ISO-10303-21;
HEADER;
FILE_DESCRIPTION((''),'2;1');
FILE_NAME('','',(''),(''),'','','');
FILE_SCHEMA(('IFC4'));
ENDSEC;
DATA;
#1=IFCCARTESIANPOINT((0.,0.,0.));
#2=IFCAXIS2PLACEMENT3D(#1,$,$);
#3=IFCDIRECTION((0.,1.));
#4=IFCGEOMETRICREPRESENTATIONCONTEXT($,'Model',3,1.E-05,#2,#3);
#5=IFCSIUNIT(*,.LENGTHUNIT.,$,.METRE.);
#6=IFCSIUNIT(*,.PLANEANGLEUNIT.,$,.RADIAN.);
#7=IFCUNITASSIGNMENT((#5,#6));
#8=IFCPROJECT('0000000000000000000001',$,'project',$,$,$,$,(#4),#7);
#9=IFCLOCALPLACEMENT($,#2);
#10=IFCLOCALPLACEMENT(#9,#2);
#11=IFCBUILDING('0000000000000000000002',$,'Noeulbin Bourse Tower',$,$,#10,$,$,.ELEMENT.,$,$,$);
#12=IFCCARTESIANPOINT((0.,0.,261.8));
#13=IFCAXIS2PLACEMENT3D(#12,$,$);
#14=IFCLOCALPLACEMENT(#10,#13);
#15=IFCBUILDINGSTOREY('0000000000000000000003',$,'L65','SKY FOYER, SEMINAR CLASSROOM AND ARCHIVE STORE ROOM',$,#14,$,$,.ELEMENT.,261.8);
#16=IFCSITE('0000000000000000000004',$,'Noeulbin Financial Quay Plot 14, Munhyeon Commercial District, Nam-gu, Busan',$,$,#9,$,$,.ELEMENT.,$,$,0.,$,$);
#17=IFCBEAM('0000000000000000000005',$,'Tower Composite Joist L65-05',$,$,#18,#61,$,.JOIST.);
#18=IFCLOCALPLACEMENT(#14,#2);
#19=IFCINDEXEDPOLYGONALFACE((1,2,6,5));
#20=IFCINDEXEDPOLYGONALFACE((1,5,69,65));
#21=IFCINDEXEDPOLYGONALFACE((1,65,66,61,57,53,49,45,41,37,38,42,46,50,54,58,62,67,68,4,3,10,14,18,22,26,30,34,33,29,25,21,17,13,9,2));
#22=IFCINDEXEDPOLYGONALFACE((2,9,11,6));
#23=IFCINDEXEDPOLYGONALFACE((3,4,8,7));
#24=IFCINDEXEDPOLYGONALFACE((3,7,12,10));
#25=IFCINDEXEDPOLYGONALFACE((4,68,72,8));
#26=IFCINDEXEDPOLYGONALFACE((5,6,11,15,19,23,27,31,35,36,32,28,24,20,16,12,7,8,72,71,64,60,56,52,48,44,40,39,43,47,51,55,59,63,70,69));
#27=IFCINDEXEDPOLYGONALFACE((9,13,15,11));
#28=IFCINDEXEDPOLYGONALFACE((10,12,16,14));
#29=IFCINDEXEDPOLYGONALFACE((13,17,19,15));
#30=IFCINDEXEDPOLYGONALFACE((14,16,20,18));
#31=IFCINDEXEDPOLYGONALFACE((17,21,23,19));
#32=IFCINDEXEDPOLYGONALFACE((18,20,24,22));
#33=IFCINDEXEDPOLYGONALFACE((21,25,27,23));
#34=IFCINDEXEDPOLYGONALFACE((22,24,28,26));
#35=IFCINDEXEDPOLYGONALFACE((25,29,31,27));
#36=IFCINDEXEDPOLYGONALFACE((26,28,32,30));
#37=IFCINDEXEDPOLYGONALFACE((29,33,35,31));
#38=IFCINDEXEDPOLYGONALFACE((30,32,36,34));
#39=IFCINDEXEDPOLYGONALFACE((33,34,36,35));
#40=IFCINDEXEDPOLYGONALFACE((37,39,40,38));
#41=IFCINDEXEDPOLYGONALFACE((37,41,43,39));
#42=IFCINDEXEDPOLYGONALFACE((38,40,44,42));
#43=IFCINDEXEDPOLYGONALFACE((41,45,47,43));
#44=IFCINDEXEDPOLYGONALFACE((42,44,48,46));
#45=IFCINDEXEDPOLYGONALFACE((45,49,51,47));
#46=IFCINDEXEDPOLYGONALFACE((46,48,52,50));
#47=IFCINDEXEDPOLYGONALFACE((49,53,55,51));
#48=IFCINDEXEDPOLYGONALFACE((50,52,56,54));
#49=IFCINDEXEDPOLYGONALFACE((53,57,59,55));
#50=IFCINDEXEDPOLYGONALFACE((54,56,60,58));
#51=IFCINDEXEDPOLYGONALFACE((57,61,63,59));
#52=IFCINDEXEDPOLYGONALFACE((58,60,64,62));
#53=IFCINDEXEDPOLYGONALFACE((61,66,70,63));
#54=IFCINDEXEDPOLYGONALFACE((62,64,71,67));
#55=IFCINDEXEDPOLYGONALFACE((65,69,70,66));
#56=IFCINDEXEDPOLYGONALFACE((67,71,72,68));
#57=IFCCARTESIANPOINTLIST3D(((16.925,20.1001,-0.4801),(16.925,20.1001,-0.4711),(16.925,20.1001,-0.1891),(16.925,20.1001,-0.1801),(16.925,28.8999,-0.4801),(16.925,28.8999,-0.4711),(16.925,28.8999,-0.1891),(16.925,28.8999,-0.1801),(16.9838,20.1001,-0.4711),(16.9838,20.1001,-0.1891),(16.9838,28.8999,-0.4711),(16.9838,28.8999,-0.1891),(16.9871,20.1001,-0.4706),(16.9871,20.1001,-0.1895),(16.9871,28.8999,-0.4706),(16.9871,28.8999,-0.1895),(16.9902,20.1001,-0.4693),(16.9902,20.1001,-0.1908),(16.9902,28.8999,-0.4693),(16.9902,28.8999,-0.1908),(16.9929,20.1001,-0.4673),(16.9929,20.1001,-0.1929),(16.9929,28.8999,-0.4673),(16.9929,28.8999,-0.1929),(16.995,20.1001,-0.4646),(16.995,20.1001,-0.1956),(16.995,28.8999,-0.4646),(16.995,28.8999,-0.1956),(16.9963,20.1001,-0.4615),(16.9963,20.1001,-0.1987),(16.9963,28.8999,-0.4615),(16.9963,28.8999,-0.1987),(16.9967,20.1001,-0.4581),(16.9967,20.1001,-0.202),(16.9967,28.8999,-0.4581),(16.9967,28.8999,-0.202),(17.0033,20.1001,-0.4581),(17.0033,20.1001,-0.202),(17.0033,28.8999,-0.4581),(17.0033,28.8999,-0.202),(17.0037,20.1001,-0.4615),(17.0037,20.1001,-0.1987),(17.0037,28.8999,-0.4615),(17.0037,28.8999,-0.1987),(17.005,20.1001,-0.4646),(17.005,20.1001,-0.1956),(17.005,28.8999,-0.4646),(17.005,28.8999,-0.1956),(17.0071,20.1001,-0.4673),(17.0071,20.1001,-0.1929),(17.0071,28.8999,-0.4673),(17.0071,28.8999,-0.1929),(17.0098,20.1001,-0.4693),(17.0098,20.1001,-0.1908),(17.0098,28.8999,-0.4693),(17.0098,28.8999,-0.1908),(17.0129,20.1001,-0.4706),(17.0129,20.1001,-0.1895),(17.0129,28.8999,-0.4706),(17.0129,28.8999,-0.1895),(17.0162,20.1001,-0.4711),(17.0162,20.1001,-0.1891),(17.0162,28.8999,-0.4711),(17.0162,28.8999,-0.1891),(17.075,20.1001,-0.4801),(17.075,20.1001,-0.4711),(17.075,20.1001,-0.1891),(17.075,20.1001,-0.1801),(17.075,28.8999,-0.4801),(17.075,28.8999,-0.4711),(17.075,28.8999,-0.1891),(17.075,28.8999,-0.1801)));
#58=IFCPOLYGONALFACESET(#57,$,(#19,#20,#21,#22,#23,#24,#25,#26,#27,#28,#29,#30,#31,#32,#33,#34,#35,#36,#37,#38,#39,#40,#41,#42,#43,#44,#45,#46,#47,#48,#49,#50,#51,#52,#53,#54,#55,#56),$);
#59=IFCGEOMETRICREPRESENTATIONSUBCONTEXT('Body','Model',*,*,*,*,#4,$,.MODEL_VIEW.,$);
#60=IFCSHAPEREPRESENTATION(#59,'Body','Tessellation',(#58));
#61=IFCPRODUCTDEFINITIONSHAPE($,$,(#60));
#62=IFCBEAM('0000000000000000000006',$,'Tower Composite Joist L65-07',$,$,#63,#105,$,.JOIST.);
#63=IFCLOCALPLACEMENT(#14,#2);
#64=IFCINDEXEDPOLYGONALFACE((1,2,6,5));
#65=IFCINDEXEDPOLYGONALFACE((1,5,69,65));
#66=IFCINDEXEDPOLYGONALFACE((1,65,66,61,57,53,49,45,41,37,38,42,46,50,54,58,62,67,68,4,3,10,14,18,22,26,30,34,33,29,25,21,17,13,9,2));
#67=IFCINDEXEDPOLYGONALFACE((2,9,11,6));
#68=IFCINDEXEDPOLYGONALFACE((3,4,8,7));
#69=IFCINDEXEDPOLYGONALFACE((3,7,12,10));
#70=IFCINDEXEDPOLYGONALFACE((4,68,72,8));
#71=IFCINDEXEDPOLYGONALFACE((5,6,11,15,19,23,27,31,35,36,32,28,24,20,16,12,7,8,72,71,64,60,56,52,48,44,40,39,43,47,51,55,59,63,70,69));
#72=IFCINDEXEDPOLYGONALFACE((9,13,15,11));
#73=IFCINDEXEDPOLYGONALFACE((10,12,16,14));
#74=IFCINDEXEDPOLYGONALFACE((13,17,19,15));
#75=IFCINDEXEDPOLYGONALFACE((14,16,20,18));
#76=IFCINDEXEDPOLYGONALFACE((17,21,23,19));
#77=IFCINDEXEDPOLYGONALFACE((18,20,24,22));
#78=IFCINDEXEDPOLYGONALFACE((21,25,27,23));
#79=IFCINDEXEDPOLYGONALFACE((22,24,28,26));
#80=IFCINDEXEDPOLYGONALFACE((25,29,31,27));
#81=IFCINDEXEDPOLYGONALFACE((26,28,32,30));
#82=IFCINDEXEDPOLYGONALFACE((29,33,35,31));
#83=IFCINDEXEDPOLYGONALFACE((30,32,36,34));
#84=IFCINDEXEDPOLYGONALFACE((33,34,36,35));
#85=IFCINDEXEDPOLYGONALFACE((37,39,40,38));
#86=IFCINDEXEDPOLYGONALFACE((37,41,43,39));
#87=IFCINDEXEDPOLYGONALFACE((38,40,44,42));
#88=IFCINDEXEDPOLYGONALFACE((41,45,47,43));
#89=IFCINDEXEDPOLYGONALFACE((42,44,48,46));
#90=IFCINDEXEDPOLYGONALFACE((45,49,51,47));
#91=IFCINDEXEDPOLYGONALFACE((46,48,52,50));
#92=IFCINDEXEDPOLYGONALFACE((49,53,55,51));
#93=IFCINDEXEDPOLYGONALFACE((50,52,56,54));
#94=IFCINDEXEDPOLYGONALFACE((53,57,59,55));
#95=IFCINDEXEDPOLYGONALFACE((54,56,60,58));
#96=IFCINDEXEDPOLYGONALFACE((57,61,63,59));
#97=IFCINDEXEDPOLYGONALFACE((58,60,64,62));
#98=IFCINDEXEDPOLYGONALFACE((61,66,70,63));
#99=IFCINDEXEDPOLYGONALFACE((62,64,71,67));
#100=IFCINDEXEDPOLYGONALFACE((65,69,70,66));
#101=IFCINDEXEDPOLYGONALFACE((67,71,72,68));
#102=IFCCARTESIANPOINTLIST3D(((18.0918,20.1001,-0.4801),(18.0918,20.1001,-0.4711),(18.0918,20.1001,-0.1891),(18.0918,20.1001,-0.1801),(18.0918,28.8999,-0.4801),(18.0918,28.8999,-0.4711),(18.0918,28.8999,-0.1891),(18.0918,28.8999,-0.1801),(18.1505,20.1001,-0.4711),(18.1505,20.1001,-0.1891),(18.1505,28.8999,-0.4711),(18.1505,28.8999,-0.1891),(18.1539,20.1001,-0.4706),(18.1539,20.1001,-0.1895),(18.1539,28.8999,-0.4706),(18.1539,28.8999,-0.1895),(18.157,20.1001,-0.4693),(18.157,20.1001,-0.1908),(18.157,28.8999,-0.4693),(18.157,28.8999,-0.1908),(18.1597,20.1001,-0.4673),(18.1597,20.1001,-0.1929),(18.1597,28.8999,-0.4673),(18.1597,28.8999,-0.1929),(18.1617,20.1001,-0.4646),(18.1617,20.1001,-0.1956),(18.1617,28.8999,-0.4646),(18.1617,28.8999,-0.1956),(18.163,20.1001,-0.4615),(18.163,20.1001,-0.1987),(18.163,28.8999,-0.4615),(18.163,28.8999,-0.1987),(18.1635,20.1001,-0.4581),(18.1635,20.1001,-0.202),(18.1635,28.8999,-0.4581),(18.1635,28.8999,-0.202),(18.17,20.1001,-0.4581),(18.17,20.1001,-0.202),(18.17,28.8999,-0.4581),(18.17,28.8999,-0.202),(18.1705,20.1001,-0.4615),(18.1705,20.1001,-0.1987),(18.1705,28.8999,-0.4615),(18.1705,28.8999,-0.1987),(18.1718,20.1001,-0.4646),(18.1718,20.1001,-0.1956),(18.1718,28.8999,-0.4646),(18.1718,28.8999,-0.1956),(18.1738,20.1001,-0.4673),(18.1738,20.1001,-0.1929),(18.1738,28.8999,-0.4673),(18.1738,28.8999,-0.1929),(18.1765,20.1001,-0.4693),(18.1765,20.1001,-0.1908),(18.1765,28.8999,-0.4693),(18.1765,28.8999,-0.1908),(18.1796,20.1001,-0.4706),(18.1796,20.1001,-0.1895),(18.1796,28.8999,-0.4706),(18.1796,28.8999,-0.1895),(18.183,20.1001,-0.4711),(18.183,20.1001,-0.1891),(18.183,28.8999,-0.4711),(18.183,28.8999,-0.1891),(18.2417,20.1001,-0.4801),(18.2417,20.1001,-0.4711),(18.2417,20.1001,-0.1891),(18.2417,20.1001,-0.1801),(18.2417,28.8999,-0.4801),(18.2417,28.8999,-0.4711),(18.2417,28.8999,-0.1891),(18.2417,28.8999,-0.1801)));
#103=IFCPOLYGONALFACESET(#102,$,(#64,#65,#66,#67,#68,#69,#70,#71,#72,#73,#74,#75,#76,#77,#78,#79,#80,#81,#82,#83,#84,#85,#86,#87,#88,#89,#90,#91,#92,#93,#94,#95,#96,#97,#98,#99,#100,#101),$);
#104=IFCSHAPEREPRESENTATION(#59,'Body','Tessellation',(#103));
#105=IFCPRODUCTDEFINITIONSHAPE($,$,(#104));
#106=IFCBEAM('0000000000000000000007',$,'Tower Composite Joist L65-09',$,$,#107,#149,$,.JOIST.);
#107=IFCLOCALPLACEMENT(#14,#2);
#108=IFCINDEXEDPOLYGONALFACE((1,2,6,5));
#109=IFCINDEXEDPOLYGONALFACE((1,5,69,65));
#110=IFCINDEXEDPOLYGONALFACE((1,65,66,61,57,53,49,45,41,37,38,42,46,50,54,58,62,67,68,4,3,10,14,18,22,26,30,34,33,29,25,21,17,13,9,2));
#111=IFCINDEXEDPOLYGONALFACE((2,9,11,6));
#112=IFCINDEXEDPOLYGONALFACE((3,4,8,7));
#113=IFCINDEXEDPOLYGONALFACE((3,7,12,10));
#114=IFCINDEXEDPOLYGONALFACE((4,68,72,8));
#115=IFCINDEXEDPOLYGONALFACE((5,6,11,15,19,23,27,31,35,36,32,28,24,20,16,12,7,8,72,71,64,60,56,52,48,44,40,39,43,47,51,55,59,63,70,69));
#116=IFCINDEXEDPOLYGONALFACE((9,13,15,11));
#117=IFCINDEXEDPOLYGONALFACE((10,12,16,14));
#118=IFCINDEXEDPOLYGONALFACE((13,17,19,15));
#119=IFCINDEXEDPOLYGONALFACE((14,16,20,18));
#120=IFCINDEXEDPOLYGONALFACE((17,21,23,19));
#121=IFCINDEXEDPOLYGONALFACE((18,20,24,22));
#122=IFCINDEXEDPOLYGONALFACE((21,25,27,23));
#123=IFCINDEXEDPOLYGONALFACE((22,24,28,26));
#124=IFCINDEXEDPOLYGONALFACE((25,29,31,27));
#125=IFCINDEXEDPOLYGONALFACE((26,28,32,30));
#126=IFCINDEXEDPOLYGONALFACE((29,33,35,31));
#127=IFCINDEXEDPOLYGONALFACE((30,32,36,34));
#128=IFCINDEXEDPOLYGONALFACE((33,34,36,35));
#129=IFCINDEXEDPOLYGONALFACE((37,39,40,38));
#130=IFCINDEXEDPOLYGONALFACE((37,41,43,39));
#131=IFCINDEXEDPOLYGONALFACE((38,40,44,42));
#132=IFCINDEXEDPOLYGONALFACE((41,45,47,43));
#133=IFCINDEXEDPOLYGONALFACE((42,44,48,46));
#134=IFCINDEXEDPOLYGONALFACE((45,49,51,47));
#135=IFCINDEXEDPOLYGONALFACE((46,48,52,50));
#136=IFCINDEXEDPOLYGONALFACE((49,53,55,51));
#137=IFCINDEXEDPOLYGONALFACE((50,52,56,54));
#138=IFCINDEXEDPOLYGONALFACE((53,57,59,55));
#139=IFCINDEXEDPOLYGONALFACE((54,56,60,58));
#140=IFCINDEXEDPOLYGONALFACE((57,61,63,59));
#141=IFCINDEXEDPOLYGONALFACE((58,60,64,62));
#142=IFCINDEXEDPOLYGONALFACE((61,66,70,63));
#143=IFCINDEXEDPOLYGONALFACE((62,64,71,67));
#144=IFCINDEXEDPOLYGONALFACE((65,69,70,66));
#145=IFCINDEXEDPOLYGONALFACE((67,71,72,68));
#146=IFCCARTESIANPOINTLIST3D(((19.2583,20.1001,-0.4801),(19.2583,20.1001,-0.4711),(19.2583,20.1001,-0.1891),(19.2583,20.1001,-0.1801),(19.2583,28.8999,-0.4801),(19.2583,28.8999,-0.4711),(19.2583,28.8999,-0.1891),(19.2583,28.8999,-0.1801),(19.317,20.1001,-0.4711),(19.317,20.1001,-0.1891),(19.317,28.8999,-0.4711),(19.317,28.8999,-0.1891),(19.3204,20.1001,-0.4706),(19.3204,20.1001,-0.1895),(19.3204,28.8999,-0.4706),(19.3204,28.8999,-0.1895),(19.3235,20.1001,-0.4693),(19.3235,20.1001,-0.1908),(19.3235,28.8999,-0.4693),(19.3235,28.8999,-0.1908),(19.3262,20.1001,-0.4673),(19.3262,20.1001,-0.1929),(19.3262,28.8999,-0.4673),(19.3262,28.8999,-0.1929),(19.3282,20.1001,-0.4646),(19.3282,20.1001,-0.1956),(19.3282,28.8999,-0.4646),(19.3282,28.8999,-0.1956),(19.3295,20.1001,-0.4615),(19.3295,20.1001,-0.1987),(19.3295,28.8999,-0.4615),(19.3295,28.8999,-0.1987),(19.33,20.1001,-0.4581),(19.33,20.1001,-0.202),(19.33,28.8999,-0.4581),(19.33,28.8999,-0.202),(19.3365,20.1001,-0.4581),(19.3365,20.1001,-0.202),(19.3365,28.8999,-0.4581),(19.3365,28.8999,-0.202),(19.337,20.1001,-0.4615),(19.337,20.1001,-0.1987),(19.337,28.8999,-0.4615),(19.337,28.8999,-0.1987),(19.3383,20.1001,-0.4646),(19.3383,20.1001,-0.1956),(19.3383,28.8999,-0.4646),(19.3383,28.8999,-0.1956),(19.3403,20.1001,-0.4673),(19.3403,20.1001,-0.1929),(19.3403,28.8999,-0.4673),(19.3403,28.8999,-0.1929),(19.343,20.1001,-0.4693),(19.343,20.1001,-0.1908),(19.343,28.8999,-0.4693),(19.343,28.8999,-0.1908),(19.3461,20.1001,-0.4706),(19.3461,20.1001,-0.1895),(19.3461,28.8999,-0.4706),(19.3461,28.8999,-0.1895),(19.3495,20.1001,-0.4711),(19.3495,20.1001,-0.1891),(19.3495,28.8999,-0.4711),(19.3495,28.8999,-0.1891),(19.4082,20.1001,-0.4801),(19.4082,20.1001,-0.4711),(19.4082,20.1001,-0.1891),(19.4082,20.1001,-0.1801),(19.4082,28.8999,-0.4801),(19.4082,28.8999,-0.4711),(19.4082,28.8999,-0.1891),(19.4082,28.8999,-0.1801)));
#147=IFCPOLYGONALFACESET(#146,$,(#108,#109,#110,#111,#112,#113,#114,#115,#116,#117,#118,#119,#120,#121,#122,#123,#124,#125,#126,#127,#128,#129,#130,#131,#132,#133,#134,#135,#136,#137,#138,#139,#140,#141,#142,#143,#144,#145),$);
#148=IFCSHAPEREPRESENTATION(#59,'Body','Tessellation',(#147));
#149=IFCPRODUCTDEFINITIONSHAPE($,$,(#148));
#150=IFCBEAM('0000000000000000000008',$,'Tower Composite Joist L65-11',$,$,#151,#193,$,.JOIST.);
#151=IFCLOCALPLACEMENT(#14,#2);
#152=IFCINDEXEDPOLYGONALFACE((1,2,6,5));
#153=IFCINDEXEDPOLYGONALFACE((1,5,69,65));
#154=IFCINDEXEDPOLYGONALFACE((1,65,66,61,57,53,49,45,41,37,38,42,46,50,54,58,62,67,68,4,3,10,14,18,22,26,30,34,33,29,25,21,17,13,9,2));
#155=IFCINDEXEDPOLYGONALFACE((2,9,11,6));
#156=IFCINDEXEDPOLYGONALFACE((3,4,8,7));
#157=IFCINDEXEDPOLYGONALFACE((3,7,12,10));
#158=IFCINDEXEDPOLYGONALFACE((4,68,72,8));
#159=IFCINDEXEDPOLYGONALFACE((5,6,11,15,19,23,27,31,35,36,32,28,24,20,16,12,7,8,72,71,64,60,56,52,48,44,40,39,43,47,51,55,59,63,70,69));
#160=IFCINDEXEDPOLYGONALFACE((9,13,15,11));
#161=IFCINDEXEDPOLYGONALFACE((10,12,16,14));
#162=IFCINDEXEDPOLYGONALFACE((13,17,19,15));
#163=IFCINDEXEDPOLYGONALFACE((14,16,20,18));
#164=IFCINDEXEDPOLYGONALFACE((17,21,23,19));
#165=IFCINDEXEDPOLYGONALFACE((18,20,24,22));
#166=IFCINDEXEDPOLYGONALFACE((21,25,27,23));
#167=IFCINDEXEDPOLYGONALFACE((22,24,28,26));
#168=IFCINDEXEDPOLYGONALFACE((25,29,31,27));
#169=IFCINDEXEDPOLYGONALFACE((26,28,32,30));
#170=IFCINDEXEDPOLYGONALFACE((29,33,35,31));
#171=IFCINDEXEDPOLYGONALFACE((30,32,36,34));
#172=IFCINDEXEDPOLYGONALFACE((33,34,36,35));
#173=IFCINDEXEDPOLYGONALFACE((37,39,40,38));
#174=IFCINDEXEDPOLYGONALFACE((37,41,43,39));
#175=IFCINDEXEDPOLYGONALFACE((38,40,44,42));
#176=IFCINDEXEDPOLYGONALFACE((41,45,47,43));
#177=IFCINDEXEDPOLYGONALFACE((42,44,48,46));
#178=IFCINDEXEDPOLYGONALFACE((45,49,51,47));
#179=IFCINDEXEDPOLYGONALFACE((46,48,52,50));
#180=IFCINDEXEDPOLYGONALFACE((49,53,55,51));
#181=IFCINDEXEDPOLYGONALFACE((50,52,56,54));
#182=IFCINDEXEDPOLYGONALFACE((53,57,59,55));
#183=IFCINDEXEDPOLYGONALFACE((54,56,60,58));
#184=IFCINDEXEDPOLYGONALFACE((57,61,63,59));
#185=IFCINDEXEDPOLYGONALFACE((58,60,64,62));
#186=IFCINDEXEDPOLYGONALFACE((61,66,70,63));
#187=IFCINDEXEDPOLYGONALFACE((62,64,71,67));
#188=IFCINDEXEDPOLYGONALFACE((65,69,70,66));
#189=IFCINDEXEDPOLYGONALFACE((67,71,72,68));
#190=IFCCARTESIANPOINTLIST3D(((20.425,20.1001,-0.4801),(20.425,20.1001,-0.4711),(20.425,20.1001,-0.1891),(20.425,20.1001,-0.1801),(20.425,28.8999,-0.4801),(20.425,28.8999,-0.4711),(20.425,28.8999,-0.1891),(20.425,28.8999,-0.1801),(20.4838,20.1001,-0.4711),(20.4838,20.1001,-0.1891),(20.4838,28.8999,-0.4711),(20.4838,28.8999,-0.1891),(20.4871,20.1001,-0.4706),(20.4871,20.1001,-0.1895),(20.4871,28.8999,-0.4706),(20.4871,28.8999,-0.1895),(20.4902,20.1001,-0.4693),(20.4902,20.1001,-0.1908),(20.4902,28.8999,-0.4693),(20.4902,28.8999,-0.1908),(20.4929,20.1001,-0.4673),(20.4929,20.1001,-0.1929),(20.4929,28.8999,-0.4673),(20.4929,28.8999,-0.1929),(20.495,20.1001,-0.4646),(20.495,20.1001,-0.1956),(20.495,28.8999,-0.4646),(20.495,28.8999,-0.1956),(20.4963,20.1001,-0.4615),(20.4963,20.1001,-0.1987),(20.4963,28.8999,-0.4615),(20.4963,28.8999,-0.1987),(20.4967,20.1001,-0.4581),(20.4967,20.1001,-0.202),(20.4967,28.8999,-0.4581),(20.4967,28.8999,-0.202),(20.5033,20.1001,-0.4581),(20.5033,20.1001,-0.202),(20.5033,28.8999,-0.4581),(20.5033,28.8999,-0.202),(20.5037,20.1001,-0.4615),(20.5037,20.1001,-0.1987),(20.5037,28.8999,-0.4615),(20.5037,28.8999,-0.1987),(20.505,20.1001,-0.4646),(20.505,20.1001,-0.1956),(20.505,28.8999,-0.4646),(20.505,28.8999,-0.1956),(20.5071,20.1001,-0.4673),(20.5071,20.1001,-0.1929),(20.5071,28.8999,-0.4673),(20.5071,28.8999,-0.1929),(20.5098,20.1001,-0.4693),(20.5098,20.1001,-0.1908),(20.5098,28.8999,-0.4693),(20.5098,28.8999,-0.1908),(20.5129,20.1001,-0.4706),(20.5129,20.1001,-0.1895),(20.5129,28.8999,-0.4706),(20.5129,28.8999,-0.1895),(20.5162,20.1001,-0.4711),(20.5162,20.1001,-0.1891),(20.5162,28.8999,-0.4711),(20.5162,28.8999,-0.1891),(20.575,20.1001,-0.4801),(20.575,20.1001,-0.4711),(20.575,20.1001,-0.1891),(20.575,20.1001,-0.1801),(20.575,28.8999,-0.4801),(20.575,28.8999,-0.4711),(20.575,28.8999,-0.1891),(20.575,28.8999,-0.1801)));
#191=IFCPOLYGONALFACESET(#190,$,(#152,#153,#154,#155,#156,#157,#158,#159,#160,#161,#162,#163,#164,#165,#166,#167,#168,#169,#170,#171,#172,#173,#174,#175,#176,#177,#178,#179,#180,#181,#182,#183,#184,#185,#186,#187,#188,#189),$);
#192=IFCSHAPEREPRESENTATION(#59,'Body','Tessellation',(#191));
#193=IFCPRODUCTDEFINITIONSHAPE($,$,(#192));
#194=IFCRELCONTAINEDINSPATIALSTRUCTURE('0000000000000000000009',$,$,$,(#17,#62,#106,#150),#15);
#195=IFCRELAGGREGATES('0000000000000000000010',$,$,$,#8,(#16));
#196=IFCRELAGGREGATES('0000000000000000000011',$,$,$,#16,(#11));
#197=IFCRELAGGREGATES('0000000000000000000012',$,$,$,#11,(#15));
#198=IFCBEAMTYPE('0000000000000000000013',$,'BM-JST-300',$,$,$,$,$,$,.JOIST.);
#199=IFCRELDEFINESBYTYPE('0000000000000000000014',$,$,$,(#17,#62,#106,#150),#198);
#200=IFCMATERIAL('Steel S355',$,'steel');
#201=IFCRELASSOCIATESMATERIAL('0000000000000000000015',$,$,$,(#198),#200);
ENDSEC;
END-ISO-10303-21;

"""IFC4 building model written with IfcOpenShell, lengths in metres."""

from ifc_helpers import new_model, si_unit, direction, frame, origin, origin_2d, place, context, subcontext, project, spatial, i_section, extrude, material, material_profile, profile_set, type_object, element, save


model = new_model("IFC4")

# Units and contexts
model_context = context("Model", 3, precision=1e-05, world=origin(), true_north=direction((0.0, 1.0)))
body_context = subcontext(model_context, "Body", "Model", "MODEL_VIEW")
ifc_project = project(units=[si_unit("LENGTHUNIT", "METRE"), si_unit("PLANEANGLEUNIT", "RADIAN")], contexts=[model_context])

# Site, building, storey
site_placement = place(None, origin())
site = spatial("IfcSite", under=ifc_project, at=site_placement, Name="Noeulbin Financial Quay Plot 14, Munhyeon Commercial District, Nam-gu, Busan", CompositionType="ELEMENT", RefElevation=0.0)
building_placement = place(site_placement, origin())
building = spatial("IfcBuilding", under=site, at=building_placement, Name="Noeulbin Bourse Tower", CompositionType="ELEMENT")
storey_placement = place(building_placement, frame((0.0, 0.0, 261.8)))
storey = spatial("IfcBuildingStorey", under=building, at=storey_placement, Name="L65", Description="SKY FOYER, SEMINAR CLASSROOM AND ARCHIVE STORE ROOM", CompositionType="ELEMENT", Elevation=261.8)

# Shared definitions
ifc_material_1 = material(Name="Steel S355", Category="steel")

# Beams
ifc_material_profile_1 = material_profile(ifc_material_1, i_section(OverallWidth=0.1499, OverallDepth=0.3, WebThickness=0.0066, FlangeThickness=0.009, FilletRadius=0.0129, at=origin_2d()), Name="H-300x150x6.5x9", Category="LoadBearing")
ifc_profile_set_1 = profile_set([ifc_material_profile_1], Name="Steel S355")
beam_type_1 = type_object("IfcBeamType", Name="BM-JST-300", PredefinedType="JOIST", material=ifc_profile_set_1)
for number, where, z_axis, x_axis, name in (
    (1, (17.0, 20.1001, -0.3301), (0.0, 1.0, 0.0), (-1.0, 0.0, 0.0), "Tower Composite Joist L65-05"),
    (2, (18.1667, 20.1001, -0.3301), (0.0, 1.0, 0.0), (-1.0, 0.0, 0.0), "Tower Composite Joist L65-07"),
    (3, (19.3333, 20.1001, -0.3301), (0.0, 1.0, 0.0), (-1.0, 0.0, 0.0), "Tower Composite Joist L65-09"),
    (4, (20.5, 20.1001, -0.3301), (0.0, 1.0, 0.0), (-1.0, 0.0, 0.0), "Tower Composite Joist L65-11"),
):
    element("IfcBeam", number, at=place(storey_placement, frame(where, z_axis=z_axis, x_axis=x_axis)), inside=storey, type_object=beam_type_1, Name=name, PredefinedType="JOIST", context=body_context, shape_type="SweptSolid", body=[
        extrude(i_section(OverallWidth=0.1499, OverallDepth=0.3, WebThickness=0.0066, FlangeThickness=0.009, FilletRadius=0.0129, at=origin_2d()), origin(), (0.0, 0.0, 1.0), 8.7998),
    ])

save(model, "model.ifc")
